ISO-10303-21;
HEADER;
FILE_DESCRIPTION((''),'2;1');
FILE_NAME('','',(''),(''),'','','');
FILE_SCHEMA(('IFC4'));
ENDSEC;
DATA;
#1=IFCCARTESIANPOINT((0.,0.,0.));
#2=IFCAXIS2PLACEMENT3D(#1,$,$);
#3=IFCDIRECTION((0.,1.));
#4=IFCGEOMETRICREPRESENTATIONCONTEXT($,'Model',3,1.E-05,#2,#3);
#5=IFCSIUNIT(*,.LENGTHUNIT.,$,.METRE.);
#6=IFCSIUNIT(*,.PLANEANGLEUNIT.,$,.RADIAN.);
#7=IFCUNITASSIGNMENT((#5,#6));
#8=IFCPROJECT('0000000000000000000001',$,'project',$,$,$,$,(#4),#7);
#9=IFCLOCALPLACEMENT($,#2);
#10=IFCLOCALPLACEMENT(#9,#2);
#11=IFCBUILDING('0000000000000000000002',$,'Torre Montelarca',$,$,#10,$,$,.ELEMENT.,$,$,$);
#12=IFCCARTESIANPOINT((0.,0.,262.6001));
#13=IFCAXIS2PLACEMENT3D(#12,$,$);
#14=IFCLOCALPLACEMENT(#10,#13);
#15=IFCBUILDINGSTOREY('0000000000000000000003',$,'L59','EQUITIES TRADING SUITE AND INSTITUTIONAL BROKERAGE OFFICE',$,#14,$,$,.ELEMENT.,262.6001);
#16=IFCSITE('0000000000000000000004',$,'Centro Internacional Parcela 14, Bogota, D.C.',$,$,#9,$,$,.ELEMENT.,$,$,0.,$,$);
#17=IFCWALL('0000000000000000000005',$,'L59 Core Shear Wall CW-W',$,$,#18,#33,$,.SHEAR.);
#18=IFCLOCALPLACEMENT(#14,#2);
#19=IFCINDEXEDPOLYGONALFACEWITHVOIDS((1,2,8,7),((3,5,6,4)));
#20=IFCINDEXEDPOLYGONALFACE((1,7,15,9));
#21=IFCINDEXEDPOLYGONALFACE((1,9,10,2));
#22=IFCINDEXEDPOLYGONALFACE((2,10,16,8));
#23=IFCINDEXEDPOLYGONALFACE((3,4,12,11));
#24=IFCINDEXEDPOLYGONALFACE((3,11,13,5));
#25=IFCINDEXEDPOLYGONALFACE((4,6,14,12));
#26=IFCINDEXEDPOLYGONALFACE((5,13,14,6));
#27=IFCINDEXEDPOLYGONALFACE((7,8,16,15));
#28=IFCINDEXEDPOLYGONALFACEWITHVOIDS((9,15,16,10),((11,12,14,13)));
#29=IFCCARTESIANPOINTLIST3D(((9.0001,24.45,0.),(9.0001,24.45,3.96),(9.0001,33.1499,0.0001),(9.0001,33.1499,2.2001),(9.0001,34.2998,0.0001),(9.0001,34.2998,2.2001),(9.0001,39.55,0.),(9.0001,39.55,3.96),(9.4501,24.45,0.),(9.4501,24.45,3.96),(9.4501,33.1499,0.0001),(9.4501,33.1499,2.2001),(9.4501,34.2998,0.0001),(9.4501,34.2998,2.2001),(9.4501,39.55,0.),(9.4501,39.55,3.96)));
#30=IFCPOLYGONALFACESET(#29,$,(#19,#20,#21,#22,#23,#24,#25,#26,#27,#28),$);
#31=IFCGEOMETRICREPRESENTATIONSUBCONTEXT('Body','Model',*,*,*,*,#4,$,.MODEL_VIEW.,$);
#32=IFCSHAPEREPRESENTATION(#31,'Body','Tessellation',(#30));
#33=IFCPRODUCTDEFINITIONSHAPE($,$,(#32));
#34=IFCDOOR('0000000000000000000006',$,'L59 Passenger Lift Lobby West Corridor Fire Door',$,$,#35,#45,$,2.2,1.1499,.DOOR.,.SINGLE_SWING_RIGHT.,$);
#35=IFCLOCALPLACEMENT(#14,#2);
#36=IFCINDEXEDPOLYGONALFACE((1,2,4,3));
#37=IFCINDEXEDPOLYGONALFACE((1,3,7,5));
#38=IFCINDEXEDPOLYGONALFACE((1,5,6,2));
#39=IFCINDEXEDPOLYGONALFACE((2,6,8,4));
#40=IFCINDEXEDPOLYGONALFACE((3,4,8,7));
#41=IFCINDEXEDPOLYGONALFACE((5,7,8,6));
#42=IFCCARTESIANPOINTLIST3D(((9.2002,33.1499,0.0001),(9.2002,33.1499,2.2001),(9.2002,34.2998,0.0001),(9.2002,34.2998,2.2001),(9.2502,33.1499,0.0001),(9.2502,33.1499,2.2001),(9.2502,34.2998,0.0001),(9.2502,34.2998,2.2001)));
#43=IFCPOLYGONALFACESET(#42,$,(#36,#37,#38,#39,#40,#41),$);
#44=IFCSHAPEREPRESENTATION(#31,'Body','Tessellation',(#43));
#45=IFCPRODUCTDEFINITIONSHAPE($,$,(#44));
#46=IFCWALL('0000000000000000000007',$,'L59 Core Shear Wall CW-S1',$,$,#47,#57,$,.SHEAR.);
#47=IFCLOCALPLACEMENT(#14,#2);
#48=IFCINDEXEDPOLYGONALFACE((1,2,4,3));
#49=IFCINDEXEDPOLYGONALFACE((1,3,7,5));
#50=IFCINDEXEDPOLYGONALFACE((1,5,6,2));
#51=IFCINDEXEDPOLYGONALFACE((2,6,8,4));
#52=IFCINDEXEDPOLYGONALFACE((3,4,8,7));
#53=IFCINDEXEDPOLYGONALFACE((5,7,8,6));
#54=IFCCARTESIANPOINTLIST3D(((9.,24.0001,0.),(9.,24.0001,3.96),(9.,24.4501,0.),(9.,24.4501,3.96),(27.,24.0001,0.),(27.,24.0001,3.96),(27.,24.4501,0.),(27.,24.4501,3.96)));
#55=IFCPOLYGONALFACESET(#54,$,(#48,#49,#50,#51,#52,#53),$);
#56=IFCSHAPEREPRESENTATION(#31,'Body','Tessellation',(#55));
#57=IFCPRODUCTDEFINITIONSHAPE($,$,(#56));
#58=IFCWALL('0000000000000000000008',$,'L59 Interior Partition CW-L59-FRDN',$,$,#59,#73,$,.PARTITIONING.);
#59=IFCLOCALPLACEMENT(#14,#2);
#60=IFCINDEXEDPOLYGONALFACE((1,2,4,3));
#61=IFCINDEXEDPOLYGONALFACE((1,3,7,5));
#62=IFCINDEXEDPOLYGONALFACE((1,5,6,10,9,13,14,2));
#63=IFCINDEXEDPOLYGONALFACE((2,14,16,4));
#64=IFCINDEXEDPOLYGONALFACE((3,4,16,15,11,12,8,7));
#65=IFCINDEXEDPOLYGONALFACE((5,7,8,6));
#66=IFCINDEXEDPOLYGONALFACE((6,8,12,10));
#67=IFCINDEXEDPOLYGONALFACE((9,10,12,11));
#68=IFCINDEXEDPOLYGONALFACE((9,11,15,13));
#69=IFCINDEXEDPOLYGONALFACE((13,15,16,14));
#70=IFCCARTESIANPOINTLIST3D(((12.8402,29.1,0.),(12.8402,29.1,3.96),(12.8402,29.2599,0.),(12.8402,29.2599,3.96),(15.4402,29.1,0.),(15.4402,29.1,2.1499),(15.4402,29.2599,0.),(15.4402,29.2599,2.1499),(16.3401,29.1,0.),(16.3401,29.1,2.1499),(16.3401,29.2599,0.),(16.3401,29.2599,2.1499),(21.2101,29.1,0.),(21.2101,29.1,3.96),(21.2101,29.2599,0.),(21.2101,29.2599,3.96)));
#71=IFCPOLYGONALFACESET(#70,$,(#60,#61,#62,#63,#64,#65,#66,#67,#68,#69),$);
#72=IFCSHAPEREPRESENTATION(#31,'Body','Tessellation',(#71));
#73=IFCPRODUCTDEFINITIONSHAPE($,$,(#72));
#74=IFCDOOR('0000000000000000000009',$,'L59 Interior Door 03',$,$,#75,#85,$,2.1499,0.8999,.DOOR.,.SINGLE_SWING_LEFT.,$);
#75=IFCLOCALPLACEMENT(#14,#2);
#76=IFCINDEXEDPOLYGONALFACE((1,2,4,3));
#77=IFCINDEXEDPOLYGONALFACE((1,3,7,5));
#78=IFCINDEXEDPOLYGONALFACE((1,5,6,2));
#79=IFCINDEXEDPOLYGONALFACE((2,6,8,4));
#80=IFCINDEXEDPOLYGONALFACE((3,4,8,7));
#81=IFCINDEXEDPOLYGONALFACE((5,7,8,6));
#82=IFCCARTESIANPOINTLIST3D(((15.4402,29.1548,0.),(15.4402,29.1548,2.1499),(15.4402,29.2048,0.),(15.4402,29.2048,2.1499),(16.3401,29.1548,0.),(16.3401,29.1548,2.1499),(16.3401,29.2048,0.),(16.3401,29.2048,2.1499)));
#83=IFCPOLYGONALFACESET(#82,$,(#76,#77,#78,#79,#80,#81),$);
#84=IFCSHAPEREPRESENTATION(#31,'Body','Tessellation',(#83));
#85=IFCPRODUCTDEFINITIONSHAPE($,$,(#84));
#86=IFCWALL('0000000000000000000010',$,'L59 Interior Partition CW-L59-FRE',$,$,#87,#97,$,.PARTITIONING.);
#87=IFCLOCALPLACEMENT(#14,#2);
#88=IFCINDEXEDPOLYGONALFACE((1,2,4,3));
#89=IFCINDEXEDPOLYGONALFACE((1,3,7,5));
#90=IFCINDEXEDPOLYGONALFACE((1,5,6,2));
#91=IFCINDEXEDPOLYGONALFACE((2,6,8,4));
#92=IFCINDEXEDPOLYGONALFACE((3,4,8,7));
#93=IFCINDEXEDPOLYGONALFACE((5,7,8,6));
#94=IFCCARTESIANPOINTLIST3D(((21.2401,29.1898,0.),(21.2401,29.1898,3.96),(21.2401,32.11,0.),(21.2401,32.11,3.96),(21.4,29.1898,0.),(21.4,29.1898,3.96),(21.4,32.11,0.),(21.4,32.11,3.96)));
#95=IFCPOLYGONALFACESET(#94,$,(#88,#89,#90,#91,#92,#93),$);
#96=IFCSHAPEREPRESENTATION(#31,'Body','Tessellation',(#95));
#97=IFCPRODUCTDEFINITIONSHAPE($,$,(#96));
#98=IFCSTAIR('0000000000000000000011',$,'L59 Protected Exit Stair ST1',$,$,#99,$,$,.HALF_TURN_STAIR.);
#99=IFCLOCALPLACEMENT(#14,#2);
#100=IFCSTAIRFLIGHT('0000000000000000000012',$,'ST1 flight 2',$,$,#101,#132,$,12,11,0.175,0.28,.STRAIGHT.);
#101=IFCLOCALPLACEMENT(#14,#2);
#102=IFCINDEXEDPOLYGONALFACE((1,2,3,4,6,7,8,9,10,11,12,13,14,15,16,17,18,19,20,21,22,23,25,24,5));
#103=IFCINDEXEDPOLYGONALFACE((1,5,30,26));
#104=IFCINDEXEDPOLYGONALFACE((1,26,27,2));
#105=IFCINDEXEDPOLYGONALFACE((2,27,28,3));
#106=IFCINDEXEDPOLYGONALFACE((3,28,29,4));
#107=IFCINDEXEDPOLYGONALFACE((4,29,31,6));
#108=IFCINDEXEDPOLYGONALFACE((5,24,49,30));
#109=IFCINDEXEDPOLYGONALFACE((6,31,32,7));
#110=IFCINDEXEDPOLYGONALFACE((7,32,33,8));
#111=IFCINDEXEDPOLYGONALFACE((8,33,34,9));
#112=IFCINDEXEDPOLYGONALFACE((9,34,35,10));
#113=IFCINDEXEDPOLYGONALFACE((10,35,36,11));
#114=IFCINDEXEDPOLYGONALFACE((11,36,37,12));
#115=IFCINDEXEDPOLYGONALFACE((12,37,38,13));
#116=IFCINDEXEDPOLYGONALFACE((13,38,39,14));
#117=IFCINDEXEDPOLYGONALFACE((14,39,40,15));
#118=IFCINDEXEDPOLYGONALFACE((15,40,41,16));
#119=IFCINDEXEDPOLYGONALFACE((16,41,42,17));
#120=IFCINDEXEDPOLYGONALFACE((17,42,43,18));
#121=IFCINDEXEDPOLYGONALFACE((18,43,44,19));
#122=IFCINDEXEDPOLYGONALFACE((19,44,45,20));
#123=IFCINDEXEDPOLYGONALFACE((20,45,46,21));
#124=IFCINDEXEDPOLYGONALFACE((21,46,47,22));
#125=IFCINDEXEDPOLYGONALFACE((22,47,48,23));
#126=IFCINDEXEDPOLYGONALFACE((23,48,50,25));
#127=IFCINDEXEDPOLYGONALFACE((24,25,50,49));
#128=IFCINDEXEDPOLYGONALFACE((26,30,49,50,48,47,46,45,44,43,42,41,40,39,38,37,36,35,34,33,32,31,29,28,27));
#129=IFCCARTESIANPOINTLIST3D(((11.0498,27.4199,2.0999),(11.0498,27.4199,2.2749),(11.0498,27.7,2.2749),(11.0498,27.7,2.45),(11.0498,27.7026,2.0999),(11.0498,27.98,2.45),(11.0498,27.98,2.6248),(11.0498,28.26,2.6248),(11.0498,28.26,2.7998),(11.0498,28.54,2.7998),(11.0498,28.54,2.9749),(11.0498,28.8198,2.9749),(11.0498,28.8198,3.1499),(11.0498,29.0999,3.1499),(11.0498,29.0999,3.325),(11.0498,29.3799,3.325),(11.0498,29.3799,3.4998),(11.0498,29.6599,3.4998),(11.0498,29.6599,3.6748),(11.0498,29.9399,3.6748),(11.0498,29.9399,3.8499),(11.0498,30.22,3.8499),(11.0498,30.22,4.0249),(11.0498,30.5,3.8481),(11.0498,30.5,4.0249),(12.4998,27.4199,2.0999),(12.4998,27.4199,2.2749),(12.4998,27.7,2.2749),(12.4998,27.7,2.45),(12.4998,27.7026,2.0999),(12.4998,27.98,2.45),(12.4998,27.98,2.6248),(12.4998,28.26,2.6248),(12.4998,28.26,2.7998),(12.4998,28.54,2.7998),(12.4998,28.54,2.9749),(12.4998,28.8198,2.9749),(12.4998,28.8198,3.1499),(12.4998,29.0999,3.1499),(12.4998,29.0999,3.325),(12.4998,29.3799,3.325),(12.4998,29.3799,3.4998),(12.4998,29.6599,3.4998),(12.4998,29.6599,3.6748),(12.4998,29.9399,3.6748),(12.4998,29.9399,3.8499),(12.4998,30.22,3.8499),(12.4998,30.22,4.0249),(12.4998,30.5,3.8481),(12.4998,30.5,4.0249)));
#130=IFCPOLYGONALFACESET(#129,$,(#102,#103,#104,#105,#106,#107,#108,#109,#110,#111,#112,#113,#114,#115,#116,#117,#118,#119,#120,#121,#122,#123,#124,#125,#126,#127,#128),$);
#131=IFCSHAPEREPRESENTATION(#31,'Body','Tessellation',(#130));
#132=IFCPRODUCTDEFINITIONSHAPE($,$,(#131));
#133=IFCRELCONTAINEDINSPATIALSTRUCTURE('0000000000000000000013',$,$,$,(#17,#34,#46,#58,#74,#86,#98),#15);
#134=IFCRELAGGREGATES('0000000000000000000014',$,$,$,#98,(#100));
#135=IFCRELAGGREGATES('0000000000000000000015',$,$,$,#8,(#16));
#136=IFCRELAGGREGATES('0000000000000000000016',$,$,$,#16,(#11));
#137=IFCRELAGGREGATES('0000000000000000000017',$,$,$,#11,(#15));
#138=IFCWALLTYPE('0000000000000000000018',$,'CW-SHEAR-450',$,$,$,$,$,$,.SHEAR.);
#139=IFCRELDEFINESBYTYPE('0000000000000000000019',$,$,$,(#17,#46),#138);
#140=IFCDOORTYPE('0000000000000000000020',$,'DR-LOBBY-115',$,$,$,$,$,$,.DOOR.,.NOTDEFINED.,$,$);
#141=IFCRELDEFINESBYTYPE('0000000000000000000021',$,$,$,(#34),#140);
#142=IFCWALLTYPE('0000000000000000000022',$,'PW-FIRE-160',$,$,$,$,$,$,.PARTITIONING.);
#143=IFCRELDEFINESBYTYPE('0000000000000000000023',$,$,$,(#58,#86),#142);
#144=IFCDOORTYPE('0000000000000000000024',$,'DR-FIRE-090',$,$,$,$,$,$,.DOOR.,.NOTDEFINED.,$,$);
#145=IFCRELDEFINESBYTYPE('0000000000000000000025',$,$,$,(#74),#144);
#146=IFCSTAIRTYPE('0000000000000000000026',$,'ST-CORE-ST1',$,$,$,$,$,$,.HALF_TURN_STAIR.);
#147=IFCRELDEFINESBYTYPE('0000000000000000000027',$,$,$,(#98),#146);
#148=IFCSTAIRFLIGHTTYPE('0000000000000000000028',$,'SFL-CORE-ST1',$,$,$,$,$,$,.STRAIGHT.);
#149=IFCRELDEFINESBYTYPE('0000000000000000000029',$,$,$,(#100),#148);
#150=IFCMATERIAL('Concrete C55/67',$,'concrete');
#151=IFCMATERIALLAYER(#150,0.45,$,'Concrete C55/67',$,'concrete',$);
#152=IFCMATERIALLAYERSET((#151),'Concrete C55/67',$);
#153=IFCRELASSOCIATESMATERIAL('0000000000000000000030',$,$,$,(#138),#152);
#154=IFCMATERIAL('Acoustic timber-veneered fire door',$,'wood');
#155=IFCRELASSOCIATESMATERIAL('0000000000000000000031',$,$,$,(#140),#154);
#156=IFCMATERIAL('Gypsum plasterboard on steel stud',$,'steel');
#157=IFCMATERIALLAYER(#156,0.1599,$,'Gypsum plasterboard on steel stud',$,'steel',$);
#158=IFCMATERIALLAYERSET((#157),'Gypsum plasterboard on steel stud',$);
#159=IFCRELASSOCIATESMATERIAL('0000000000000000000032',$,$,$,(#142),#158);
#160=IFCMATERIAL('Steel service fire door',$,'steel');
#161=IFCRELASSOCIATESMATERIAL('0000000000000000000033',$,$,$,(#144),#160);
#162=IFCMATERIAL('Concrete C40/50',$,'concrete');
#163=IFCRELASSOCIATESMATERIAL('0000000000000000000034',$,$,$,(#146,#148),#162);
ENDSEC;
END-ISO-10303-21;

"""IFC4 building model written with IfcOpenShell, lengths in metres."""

from ifc_helpers import new_model, si_unit, direction, frame, frame_2d, origin, place, context, subcontext, project, spatial, polyline, rectangle, outline, extrude, source, transform, mapped, material, layer, layer_set, type_object, element, fill, aggregate, save


model = new_model("IFC4")

# Units and contexts
model_context = context("Model", 3, precision=1e-05, world=origin(), true_north=direction((0.0, 1.0)))
body_context = subcontext(model_context, "Body", "Model", "MODEL_VIEW")
ifc_project = project(units=[si_unit("LENGTHUNIT", "METRE"), si_unit("PLANEANGLEUNIT", "RADIAN")], contexts=[model_context])

# Site, building, storey
site_placement = place(None, origin())
site = spatial("IfcSite", under=ifc_project, at=site_placement, Name="Centro Internacional Parcela 14, Bogota, D.C.", CompositionType="ELEMENT", RefElevation=0.0)
building_placement = place(site_placement, origin())
building = spatial("IfcBuilding", under=site, at=building_placement, Name="Torre Montelarca", CompositionType="ELEMENT")
storey_placement = place(building_placement, frame((0.0, 0.0, 262.6001)))
storey = spatial("IfcBuildingStorey", under=building, at=storey_placement, Name="L59", Description="EQUITIES TRADING SUITE AND INSTITUTIONAL BROKERAGE OFFICE", CompositionType="ELEMENT", Elevation=262.6001)

# Shared definitions
ifc_material_1 = material(Name="Concrete C55/67", Category="concrete")

# Shared definitions
ifc_material_2 = material(Name="Concrete C40/50", Category="concrete")

# Wall, opening, door
ifc_layer_1 = layer(ifc_material_1, 0.45, Name="Concrete C55/67", Category="concrete")
ifc_layer_set_1 = layer_set([ifc_layer_1], Name="Concrete C55/67")
wall_type_1 = type_object("IfcWallType", Name="CW-SHEAR-450", PredefinedType="SHEAR", material=ifc_layer_set_1)
wall_1_placement = place(storey_placement, frame((9.2251, 24.45, 0.0), z_axis=(0.0, 0.0, 1.0), x_axis=(0.0, 1.0, 0.0)))
wall_1 = element("IfcWall", 1, at=wall_1_placement, inside=storey, type_object=wall_type_1, Name="L59 Core Shear Wall CW-W", PredefinedType="SHEAR", context=body_context, shape_type="SweptSolid", body=[
    extrude(rectangle(XDim=15.1001, YDim=0.45, at=frame_2d((7.55, 0.0))), origin(), (0.0, 0.0, 1.0), 3.96),
])
opening_1_placement = place(wall_1_placement, frame((8.7, 0.0, 0.0)))
opening_1 = element("IfcOpeningElement", 2, at=opening_1_placement, cuts=wall_1, PredefinedType="OPENING", context=body_context, shape_type="SweptSolid", body=[
    extrude(rectangle(XDim=1.1499, YDim=2.2, at=frame_2d((0.575, 1.1001))), frame((0.0, 0.2349, 0.0), z_axis=(0.0, -1.0, 0.0), x_axis=(1.0, 0.0, 0.0)), (0.0, 0.0, 1.0), 0.47),
])
ifc_material_3 = material(Name="Acoustic timber-veneered fire door", Category="wood")
door_type_1 = type_object("IfcDoorType", Name="DR-LOBBY-115", OperationType="NOTDEFINED", PredefinedType="DOOR", material=ifc_material_3)
shared_shape_1 = source(origin(), body_context, "Body", "SweptSolid", [
    extrude(rectangle(XDim=1.1499, YDim=2.2, at=frame_2d((0.575, 1.1001))), frame((0.0, 0.0249, 0.0), z_axis=(0.0, -1.0, 0.0), x_axis=(1.0, 0.0, 0.0)), (0.0, 0.0, 1.0), 0.05),
])
door_1_placement = place(opening_1_placement, origin())
door_1 = element("IfcDoor", 3, at=door_1_placement, inside=storey, type_object=door_type_1, Name="L59 Passenger Lift Lobby West Corridor Fire Door", OperationType="SINGLE_SWING_RIGHT", OverallHeight=2.2, OverallWidth=1.1499, PredefinedType="DOOR", context=body_context, shape_type="MappedRepresentation", body=[
    mapped(shared_shape_1, transform((0.0, 0.0, 0.0), scale=1.0)),
])
fill(opening_1, door_1)

# Wall
wall_2_placement = place(storey_placement, frame((9.0, 24.2251, 0.0), z_axis=(0.0, 0.0, 1.0), x_axis=(1.0, 0.0, 0.0)))
element("IfcWall", 4, at=wall_2_placement, inside=storey, type_object=wall_type_1, Name="L59 Core Shear Wall CW-S1", PredefinedType="SHEAR", context=body_context, shape_type="SweptSolid", body=[
    extrude(rectangle(XDim=18.0, YDim=0.45, at=frame_2d((9.0, 0.0))), origin(), (0.0, 0.0, 1.0), 3.96),
])

# Wall, opening, door
ifc_material_4 = material(Name="Gypsum plasterboard on steel stud", Category="steel")
ifc_layer_2 = layer(ifc_material_4, 0.1599, Name="Gypsum plasterboard on steel stud", Category="steel")
ifc_layer_set_2 = layer_set([ifc_layer_2], Name="Gypsum plasterboard on steel stud")
wall_type_2 = type_object("IfcWallType", Name="PW-FIRE-160", PredefinedType="PARTITIONING", material=ifc_layer_set_2)
wall_3_placement = place(storey_placement, frame((12.8401, 29.1799, 0.0), z_axis=(0.0, 0.0, 1.0), x_axis=(1.0, 0.0, 0.0)))
wall_3 = element("IfcWall", 5, at=wall_3_placement, inside=storey, type_object=wall_type_2, Name="L59 Interior Partition CW-L59-FRDN", PredefinedType="PARTITIONING", context=body_context, shape_type="SweptSolid", body=[
    extrude(rectangle(XDim=8.3699, YDim=0.1599, at=frame_2d((4.1851, 0.0))), origin(), (0.0, 0.0, 1.0), 3.96),
])
opening_2_placement = place(wall_3_placement, frame((2.6001, 0.0, 0.0)))
opening_2 = element("IfcOpeningElement", 6, at=opening_2_placement, cuts=wall_3, PredefinedType="OPENING", context=body_context, shape_type="SweptSolid", body=[
    extrude(rectangle(XDim=0.8999, YDim=2.1499, at=frame_2d((0.45, 1.075))), frame((0.0, 0.0898, 0.0), z_axis=(0.0, -1.0, 0.0), x_axis=(1.0, 0.0, 0.0)), (0.0, 0.0, 1.0), 0.1799),
])
ifc_material_5 = material(Name="Steel service fire door", Category="steel")
door_type_2 = type_object("IfcDoorType", Name="DR-FIRE-090", OperationType="NOTDEFINED", PredefinedType="DOOR", material=ifc_material_5)
shared_shape_2 = source(origin(), body_context, "Body", "SweptSolid", [
    extrude(rectangle(XDim=0.8999, YDim=2.1499, at=frame_2d((0.45, 1.075))), frame((0.0, 0.0249, 0.0), z_axis=(0.0, -1.0, 0.0), x_axis=(1.0, 0.0, 0.0)), (0.0, 0.0, 1.0), 0.05),
])
door_2_placement = place(opening_2_placement, origin())
door_2 = element("IfcDoor", 7, at=door_2_placement, inside=storey, type_object=door_type_2, Name="L59 Interior Door 03", OperationType="SINGLE_SWING_LEFT", OverallHeight=2.1499, OverallWidth=0.8999, PredefinedType="DOOR", context=body_context, shape_type="MappedRepresentation", body=[
    mapped(shared_shape_2, transform((0.0, 0.0, 0.0), scale=1.0)),
])
fill(opening_2, door_2)

# Wall
wall_4_placement = place(storey_placement, frame((21.3201, 29.1899, 0.0), z_axis=(0.0, 0.0, 1.0), x_axis=(0.0, 1.0, 0.0)))
element("IfcWall", 8, at=wall_4_placement, inside=storey, type_object=wall_type_2, Name="L59 Interior Partition CW-L59-FRE", PredefinedType="PARTITIONING", context=body_context, shape_type="SweptSolid", body=[
    extrude(rectangle(XDim=2.9202, YDim=0.1599, at=frame_2d((1.46, 0.0))), origin(), (0.0, 0.0, 1.0), 3.96),
])

# Stair, stair flight
stair_type = type_object("IfcStairType", Name="ST-CORE-ST1", PredefinedType="HALF_TURN_STAIR", material=ifc_material_2)
stair_placement = place(storey_placement, origin())
stair = element("IfcStair", 9, at=stair_placement, inside=storey, type_object=stair_type, Name="L59 Protected Exit Stair ST1", PredefinedType="HALF_TURN_STAIR")
stair_flight_type = type_object("IfcStairFlightType", Name="SFL-CORE-ST1", PredefinedType="STRAIGHT", material=ifc_material_2)
stair_flight_placement = place(storey_placement, frame((11.7749, 27.4199, 2.0999), z_axis=(0.0, 0.0, 1.0), x_axis=(0.0, 1.0, 0.0)))
stair_flight = element("IfcStairFlight", 10, at=stair_flight_placement, type_object=stair_flight_type, Name="ST1 flight 2", NumberOfRisers=12, NumberOfTreads=11, PredefinedType="STRAIGHT", RiserHeight=0.175, TreadLength=0.28, context=body_context, shape_type="SweptSolid", body=[
    extrude(outline(polyline([(0.0, 0.0), (0.0, 0.175), (0.28, 0.175), (0.28, 0.3501), (0.5601, 0.3501), (0.5601, 0.5249), (0.8401, 0.5249), (0.8401, 0.7), (1.1201, 0.7), (1.1201, 0.875), (1.3999, 0.875), (1.3999, 1.05), (1.6799, 1.05), (1.6799, 1.2251), (1.96, 1.2251), (1.96, 1.3999), (2.24, 1.3999), (2.24, 1.575), (2.52, 1.575), (2.52, 1.75), (2.8, 1.75), (2.8, 1.925), (3.0801, 1.925), (3.0801, 2.1001), (3.0801, 1.7483), (0.2827, 0.0), (0.0, 0.0)])), frame((0.0, 0.7251, 0.0), z_axis=(0.0, -1.0, 0.0), x_axis=(1.0, 0.0, 0.0)), (0.0, 0.0, 1.0), 1.45),
])
aggregate(stair, [stair_flight])

save(model, "model.ifc")
